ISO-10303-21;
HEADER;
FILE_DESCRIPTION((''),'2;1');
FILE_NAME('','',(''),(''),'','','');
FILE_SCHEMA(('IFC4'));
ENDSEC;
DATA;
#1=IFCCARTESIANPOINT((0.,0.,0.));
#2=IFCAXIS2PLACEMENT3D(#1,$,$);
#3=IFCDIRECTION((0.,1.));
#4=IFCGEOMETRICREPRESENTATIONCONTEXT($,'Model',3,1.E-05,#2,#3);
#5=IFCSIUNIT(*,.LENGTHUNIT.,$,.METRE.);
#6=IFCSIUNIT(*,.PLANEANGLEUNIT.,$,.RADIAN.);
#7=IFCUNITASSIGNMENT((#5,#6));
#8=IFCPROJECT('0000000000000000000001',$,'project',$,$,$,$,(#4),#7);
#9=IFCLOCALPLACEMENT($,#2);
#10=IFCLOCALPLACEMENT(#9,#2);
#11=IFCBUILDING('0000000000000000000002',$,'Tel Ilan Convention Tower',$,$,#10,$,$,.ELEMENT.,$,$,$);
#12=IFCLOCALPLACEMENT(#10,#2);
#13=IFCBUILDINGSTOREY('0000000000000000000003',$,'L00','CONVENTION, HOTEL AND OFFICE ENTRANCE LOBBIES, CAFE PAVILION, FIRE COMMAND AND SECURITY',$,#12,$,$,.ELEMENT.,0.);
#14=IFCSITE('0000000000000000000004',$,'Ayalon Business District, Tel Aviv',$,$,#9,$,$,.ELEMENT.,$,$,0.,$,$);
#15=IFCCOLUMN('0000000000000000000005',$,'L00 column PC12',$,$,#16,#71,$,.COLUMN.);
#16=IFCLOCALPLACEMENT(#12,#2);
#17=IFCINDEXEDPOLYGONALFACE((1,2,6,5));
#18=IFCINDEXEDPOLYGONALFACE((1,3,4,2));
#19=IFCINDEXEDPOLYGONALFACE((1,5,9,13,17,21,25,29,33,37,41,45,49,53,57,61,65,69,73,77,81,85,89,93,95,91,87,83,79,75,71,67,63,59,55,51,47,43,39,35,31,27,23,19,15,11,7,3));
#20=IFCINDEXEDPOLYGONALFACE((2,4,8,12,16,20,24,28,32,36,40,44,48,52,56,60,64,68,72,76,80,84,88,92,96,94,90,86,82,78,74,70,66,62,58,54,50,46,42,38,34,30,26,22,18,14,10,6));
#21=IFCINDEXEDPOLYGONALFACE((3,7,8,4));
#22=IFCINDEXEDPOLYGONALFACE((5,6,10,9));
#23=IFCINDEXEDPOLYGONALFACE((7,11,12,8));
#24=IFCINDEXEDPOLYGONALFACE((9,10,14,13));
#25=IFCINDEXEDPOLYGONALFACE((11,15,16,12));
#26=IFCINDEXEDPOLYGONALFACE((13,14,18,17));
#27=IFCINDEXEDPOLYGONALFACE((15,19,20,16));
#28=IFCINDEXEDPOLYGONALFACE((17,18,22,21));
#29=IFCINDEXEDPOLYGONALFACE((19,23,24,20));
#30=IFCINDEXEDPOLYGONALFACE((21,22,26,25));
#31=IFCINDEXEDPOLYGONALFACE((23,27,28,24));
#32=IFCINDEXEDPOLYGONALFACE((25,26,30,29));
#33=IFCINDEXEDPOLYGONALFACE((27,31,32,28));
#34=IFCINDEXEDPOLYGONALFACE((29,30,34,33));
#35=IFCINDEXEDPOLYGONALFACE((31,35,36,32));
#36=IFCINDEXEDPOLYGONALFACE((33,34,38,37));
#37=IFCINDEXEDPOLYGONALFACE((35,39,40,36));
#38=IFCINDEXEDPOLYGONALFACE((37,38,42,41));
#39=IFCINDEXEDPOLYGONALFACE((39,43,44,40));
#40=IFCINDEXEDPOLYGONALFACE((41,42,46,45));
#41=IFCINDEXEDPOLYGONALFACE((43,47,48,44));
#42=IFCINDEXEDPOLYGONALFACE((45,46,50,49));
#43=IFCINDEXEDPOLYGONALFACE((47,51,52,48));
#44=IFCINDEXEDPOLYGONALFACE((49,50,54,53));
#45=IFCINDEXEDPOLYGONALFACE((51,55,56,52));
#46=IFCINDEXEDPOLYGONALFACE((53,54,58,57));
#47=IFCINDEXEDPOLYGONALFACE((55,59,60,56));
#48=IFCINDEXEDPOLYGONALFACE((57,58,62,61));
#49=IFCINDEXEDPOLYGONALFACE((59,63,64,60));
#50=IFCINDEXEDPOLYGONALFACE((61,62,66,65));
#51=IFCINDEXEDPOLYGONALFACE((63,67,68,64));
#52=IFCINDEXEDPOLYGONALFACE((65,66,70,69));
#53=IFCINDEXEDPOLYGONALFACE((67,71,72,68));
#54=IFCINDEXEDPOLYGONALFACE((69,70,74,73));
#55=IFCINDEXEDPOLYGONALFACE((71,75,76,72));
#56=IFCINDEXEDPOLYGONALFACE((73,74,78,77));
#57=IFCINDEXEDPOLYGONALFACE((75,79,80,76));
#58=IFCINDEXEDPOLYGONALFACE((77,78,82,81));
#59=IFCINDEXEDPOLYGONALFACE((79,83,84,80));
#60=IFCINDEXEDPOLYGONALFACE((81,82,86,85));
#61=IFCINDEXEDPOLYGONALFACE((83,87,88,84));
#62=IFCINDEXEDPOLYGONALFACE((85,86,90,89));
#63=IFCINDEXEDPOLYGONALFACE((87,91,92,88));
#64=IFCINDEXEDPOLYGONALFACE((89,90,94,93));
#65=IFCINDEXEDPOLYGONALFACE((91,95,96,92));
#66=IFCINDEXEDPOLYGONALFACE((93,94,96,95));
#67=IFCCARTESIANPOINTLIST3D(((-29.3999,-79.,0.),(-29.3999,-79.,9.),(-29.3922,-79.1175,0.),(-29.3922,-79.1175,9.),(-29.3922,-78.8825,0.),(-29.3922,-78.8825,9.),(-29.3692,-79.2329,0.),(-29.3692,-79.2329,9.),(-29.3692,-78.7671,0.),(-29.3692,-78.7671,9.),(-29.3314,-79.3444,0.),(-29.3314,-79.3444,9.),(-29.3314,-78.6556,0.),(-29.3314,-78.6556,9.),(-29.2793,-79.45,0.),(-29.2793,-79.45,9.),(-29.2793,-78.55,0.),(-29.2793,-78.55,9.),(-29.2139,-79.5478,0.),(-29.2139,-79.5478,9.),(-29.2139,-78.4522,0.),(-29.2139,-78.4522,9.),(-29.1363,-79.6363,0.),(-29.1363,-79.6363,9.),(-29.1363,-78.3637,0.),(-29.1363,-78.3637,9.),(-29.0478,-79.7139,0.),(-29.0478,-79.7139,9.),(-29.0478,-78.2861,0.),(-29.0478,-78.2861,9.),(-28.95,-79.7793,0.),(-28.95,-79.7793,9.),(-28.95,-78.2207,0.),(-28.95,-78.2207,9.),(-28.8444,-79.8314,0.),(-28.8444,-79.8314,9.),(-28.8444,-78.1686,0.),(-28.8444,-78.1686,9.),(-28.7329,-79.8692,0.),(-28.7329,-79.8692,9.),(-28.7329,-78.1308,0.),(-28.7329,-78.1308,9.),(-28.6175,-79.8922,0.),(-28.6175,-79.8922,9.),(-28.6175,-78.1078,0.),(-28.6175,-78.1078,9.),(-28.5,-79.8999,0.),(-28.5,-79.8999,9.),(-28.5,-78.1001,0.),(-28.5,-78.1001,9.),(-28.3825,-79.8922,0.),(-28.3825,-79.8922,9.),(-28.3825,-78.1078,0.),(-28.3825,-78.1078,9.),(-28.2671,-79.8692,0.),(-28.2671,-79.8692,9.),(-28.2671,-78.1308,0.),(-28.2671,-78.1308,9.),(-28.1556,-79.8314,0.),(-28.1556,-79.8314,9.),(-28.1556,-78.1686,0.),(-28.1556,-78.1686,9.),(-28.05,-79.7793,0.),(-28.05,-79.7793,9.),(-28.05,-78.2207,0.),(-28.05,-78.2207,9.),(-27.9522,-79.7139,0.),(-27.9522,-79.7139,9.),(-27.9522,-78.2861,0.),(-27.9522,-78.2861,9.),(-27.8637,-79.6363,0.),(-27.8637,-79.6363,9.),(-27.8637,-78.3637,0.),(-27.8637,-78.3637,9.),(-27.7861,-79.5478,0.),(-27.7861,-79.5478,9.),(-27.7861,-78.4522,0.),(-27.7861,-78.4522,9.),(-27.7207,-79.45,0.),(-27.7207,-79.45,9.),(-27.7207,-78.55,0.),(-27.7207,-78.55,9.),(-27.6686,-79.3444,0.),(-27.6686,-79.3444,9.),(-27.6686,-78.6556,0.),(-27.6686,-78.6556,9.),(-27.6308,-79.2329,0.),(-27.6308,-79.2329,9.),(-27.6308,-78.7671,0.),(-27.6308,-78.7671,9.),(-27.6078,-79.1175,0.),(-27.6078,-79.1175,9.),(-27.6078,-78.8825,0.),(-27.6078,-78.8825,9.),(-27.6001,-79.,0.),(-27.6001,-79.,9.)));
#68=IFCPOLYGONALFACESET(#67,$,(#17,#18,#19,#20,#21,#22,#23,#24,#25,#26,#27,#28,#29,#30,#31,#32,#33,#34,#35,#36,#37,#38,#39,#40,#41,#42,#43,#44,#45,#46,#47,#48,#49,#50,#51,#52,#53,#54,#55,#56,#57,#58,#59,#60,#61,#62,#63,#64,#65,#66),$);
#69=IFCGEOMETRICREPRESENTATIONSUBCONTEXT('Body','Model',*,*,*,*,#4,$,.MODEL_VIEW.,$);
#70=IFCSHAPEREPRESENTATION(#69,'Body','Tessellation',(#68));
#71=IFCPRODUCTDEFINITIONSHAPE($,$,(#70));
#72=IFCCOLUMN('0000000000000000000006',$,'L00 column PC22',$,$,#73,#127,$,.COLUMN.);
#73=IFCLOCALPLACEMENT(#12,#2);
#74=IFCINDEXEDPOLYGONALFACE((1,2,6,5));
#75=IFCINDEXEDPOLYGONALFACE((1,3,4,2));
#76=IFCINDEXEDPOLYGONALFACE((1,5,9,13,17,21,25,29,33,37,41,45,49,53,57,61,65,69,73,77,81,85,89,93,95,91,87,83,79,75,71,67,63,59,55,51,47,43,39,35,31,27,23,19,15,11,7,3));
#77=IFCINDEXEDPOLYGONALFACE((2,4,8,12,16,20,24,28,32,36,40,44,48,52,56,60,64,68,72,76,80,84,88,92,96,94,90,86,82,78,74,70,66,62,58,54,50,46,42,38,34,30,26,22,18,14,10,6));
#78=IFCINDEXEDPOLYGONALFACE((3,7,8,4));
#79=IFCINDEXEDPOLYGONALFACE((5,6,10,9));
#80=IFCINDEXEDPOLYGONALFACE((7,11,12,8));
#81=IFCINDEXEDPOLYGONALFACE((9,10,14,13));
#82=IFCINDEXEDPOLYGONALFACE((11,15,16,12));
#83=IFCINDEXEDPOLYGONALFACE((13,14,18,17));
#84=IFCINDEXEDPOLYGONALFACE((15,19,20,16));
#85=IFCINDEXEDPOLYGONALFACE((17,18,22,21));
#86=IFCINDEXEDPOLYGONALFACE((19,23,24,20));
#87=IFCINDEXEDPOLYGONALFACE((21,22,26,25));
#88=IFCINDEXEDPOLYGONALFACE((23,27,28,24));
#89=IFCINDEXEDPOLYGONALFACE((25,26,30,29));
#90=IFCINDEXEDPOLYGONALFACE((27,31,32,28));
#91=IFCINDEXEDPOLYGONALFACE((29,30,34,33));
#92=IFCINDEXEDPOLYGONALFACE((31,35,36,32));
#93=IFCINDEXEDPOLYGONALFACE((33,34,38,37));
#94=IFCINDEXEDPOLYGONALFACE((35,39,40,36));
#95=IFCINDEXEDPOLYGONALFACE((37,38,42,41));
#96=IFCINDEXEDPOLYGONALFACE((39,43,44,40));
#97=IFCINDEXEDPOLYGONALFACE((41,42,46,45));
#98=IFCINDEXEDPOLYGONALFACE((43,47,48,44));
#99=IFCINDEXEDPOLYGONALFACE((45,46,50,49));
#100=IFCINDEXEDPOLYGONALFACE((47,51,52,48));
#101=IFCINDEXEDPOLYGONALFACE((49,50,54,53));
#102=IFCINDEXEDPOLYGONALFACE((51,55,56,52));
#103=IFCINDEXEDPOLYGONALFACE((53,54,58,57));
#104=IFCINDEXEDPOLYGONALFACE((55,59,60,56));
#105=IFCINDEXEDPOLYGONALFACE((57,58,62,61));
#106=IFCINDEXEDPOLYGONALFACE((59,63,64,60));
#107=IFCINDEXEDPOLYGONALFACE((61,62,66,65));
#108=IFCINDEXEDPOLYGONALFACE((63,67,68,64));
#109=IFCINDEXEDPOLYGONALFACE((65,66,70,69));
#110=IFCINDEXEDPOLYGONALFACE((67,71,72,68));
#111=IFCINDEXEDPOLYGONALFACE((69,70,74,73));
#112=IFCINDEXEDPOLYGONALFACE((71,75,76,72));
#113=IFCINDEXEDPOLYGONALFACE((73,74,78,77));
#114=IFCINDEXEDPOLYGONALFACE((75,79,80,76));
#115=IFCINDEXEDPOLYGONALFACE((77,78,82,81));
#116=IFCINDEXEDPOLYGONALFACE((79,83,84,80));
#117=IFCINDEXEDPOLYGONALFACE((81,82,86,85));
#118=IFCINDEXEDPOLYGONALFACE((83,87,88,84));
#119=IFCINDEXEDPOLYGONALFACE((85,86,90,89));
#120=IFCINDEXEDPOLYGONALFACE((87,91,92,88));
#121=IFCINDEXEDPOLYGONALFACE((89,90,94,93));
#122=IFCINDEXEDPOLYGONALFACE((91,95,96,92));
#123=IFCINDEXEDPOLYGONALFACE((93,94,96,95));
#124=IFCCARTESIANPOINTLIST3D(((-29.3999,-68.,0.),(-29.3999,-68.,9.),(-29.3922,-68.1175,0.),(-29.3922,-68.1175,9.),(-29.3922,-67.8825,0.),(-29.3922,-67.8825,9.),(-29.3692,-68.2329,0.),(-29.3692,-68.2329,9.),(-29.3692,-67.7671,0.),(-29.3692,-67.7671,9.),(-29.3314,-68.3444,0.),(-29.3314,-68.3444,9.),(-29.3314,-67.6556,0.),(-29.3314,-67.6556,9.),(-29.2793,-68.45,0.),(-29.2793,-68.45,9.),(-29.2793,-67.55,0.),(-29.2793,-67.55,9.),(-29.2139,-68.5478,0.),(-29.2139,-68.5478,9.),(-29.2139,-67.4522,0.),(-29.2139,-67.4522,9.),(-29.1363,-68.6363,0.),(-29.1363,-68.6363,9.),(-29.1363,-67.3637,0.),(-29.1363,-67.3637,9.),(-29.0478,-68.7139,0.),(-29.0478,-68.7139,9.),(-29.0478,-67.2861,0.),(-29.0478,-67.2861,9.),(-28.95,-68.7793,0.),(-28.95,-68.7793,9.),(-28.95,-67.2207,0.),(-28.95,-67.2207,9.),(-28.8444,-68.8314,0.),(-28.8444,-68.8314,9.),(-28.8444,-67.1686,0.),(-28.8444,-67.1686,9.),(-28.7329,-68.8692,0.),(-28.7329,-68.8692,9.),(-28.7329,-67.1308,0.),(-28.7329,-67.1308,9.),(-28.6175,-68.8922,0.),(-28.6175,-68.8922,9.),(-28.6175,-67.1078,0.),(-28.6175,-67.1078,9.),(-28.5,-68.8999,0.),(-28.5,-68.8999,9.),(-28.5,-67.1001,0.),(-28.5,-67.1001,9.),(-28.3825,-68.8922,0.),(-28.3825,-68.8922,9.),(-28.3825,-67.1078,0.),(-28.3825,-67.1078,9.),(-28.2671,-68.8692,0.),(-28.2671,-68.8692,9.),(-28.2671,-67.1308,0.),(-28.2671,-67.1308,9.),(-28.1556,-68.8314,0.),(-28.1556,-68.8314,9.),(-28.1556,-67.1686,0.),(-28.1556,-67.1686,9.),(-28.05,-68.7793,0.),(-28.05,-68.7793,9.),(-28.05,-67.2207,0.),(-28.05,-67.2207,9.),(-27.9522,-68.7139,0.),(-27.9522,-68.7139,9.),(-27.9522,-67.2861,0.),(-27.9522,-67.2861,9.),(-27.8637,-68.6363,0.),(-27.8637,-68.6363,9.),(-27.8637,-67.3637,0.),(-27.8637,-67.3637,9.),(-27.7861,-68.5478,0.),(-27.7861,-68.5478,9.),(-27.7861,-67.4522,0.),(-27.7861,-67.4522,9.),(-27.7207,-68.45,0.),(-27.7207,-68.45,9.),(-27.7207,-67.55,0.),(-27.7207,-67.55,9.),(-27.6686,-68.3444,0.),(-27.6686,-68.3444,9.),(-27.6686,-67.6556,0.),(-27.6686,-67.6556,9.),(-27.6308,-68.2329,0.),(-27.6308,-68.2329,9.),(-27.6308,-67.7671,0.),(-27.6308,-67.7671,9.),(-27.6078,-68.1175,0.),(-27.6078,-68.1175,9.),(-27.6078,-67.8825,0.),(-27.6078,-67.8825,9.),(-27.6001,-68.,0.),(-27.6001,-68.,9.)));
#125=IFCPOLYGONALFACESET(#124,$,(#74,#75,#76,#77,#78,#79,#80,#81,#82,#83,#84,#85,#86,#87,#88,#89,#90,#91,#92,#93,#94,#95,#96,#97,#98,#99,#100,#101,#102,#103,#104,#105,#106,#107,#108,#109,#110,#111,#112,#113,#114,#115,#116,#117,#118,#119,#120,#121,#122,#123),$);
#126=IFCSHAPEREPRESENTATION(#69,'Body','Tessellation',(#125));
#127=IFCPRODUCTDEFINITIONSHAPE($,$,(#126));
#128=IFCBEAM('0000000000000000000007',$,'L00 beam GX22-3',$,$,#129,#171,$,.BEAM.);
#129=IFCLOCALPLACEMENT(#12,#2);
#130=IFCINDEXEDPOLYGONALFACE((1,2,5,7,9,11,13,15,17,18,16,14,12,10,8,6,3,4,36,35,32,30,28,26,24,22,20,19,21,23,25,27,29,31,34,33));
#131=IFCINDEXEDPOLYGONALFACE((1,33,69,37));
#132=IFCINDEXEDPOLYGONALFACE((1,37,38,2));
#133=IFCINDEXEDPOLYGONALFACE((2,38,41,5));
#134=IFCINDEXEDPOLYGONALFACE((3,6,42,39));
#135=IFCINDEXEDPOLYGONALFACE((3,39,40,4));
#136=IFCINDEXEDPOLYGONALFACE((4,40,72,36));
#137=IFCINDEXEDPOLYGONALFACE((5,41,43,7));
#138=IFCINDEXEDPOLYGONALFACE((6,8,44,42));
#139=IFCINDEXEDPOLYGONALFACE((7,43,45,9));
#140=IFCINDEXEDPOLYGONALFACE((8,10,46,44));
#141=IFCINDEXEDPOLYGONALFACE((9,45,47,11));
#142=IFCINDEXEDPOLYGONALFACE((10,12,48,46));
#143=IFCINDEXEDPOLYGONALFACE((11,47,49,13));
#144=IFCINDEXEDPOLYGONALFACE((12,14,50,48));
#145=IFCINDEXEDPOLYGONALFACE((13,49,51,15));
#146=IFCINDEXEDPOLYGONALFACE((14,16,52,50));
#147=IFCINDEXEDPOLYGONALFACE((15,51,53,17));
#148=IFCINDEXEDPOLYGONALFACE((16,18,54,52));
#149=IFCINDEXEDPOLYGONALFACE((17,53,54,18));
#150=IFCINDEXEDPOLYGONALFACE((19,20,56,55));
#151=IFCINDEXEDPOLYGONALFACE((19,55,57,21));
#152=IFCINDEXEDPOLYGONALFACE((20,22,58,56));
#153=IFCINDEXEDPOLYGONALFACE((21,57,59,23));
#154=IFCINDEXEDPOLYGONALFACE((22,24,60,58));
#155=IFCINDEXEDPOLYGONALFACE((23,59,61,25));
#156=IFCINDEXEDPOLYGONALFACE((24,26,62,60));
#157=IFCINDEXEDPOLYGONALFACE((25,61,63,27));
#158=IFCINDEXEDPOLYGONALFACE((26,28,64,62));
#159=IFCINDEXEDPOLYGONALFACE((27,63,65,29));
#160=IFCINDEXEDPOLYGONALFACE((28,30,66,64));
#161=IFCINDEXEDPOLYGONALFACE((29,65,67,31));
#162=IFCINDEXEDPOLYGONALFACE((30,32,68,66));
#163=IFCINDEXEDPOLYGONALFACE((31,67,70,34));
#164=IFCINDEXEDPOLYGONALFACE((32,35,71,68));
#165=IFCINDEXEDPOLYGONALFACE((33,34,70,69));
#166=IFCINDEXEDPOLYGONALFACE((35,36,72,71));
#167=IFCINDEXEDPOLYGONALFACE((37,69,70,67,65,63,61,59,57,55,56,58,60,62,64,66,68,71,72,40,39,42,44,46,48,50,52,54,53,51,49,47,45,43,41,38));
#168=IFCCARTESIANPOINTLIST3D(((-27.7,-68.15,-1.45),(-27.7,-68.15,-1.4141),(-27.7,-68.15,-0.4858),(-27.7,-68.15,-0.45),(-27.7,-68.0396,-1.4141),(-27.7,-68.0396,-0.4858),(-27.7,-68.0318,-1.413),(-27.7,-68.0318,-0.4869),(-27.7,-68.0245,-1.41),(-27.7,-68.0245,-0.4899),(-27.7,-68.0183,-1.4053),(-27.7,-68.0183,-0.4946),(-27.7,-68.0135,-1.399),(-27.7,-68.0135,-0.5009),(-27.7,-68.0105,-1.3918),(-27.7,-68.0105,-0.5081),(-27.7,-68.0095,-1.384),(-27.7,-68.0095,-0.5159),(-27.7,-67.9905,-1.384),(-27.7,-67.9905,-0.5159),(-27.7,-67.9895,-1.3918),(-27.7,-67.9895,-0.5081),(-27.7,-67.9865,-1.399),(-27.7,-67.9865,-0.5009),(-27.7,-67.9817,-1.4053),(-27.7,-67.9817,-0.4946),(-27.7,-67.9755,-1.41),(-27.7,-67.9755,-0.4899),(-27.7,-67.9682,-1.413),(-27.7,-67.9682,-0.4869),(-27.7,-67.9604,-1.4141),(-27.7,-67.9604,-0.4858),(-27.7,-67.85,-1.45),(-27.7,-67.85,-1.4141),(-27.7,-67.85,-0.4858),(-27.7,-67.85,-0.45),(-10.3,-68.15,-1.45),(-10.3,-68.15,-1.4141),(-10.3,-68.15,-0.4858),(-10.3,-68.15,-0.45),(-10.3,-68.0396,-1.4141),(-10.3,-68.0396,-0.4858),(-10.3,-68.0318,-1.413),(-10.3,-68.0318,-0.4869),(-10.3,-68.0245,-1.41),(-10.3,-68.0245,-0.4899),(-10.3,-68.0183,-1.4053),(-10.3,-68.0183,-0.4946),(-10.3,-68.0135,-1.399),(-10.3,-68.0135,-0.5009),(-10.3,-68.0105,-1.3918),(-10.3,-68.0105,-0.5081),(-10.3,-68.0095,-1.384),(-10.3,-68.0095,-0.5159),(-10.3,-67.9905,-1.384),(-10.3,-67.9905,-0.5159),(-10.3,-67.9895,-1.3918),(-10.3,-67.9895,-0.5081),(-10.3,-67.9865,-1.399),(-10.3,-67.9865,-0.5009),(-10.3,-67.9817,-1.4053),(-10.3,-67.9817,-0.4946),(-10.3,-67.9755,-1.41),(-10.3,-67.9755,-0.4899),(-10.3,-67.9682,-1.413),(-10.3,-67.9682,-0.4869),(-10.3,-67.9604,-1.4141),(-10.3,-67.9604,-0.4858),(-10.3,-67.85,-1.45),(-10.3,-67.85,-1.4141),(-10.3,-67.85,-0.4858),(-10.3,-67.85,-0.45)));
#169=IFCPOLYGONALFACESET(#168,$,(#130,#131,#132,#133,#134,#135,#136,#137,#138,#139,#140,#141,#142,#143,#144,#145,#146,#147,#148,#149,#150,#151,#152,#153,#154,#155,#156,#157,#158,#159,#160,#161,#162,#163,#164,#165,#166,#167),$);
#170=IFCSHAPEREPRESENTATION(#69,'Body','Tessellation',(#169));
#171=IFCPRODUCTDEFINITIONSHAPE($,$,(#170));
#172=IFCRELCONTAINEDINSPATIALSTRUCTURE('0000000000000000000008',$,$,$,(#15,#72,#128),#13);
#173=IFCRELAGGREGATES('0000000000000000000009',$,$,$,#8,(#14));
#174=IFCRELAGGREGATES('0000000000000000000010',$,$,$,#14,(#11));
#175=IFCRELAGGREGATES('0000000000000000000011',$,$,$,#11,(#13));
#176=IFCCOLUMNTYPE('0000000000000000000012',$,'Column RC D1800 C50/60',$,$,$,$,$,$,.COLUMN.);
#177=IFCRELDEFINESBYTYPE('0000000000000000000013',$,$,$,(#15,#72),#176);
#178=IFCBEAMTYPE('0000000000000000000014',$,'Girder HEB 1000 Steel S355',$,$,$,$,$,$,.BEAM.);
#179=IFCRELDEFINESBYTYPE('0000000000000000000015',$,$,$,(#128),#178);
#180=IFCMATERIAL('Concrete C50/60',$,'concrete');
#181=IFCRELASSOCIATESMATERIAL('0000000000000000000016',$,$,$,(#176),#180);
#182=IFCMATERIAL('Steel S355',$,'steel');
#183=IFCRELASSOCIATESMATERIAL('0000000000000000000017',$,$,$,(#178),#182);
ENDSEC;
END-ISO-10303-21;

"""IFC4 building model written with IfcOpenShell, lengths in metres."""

from ifc_helpers import new_model, si_unit, direction, frame, origin, origin_2d, place, context, subcontext, project, spatial, circle, i_section, extrude, material, material_profile, profile_set, type_object, element, save


model = new_model("IFC4")

# Units and contexts
model_context = context("Model", 3, precision=1e-05, world=origin(), true_north=direction((0.0, 1.0)))
body_context = subcontext(model_context, "Body", "Model", "MODEL_VIEW")
ifc_project = project(units=[si_unit("LENGTHUNIT", "METRE"), si_unit("PLANEANGLEUNIT", "RADIAN")], contexts=[model_context])

# Site, building, storey
site_placement = place(None, origin())
site = spatial("IfcSite", under=ifc_project, at=site_placement, Name="Ayalon Business District, Tel Aviv", CompositionType="ELEMENT", RefElevation=0.0)
building_placement = place(site_placement, origin())
building = spatial("IfcBuilding", under=site, at=building_placement, Name="Tel Ilan Convention Tower", CompositionType="ELEMENT")
storey_placement = place(building_placement, origin())
storey = spatial("IfcBuildingStorey", under=building, at=storey_placement, Name="L00", Description="CONVENTION, HOTEL AND OFFICE ENTRANCE LOBBIES, CAFE PAVILION, FIRE COMMAND AND SECURITY", CompositionType="ELEMENT", Elevation=0.0)

# Columns
ifc_material_1 = material(Name="Concrete C50/60", Category="concrete")
ifc_material_profile_1 = material_profile(ifc_material_1, circle(Radius=0.8999, at=origin_2d()), Name="RC D1800")
ifc_profile_set_1 = profile_set([ifc_material_profile_1], Name="Concrete C50/60")
column_type = type_object("IfcColumnType", Name="Column RC D1800 C50/60", PredefinedType="COLUMN", material=ifc_profile_set_1)
for number, where, z_axis, x_axis, name in (
    (1, (-28.5, -79.0, 0.0), (0.0, 0.0, 1.0), (1.0, 0.0, 0.0), "L00 column PC12"),
    (2, (-28.5, -68.0, 0.0), (0.0, 0.0, 1.0), (1.0, 0.0, 0.0), "L00 column PC22"),
):
    element("IfcColumn", number, at=place(storey_placement, frame(where, z_axis=z_axis, x_axis=x_axis)), inside=storey, type_object=column_type, Name=name, PredefinedType="COLUMN", context=body_context, shape_type="SweptSolid", body=[
        extrude(circle(Radius=0.8999, at=origin_2d()), origin(), (0.0, 0.0, 1.0), 9.0),
    ])

# Beam
ifc_material_2 = material(Name="Steel S355", Category="steel")
ifc_material_profile_2 = material_profile(ifc_material_2, i_section(OverallWidth=0.3, OverallDepth=1.0, WebThickness=0.019, FlangeThickness=0.0359, FilletRadius=0.03, at=origin_2d()), Name="HEB 1000")
ifc_profile_set_2 = profile_set([ifc_material_profile_2], Name="Steel S355")
beam_type_1 = type_object("IfcBeamType", Name="Girder HEB 1000 Steel S355", PredefinedType="BEAM", material=ifc_profile_set_2)
beam_1_placement = place(storey_placement, frame((-27.7, -68.0, -0.95), z_axis=(1.0, 0.0, 0.0), x_axis=(0.0, 1.0, 0.0)))
element("IfcBeam", 3, at=beam_1_placement, inside=storey, type_object=beam_type_1, Name="L00 beam GX22-3", PredefinedType="BEAM", context=body_context, shape_type="SweptSolid", body=[
    extrude(i_section(OverallWidth=0.3, OverallDepth=1.0, WebThickness=0.019, FlangeThickness=0.0359, FilletRadius=0.03, at=origin_2d()), origin(), (0.0, 0.0, 1.0), 17.3999),
])

save(model, "model.ifc")
